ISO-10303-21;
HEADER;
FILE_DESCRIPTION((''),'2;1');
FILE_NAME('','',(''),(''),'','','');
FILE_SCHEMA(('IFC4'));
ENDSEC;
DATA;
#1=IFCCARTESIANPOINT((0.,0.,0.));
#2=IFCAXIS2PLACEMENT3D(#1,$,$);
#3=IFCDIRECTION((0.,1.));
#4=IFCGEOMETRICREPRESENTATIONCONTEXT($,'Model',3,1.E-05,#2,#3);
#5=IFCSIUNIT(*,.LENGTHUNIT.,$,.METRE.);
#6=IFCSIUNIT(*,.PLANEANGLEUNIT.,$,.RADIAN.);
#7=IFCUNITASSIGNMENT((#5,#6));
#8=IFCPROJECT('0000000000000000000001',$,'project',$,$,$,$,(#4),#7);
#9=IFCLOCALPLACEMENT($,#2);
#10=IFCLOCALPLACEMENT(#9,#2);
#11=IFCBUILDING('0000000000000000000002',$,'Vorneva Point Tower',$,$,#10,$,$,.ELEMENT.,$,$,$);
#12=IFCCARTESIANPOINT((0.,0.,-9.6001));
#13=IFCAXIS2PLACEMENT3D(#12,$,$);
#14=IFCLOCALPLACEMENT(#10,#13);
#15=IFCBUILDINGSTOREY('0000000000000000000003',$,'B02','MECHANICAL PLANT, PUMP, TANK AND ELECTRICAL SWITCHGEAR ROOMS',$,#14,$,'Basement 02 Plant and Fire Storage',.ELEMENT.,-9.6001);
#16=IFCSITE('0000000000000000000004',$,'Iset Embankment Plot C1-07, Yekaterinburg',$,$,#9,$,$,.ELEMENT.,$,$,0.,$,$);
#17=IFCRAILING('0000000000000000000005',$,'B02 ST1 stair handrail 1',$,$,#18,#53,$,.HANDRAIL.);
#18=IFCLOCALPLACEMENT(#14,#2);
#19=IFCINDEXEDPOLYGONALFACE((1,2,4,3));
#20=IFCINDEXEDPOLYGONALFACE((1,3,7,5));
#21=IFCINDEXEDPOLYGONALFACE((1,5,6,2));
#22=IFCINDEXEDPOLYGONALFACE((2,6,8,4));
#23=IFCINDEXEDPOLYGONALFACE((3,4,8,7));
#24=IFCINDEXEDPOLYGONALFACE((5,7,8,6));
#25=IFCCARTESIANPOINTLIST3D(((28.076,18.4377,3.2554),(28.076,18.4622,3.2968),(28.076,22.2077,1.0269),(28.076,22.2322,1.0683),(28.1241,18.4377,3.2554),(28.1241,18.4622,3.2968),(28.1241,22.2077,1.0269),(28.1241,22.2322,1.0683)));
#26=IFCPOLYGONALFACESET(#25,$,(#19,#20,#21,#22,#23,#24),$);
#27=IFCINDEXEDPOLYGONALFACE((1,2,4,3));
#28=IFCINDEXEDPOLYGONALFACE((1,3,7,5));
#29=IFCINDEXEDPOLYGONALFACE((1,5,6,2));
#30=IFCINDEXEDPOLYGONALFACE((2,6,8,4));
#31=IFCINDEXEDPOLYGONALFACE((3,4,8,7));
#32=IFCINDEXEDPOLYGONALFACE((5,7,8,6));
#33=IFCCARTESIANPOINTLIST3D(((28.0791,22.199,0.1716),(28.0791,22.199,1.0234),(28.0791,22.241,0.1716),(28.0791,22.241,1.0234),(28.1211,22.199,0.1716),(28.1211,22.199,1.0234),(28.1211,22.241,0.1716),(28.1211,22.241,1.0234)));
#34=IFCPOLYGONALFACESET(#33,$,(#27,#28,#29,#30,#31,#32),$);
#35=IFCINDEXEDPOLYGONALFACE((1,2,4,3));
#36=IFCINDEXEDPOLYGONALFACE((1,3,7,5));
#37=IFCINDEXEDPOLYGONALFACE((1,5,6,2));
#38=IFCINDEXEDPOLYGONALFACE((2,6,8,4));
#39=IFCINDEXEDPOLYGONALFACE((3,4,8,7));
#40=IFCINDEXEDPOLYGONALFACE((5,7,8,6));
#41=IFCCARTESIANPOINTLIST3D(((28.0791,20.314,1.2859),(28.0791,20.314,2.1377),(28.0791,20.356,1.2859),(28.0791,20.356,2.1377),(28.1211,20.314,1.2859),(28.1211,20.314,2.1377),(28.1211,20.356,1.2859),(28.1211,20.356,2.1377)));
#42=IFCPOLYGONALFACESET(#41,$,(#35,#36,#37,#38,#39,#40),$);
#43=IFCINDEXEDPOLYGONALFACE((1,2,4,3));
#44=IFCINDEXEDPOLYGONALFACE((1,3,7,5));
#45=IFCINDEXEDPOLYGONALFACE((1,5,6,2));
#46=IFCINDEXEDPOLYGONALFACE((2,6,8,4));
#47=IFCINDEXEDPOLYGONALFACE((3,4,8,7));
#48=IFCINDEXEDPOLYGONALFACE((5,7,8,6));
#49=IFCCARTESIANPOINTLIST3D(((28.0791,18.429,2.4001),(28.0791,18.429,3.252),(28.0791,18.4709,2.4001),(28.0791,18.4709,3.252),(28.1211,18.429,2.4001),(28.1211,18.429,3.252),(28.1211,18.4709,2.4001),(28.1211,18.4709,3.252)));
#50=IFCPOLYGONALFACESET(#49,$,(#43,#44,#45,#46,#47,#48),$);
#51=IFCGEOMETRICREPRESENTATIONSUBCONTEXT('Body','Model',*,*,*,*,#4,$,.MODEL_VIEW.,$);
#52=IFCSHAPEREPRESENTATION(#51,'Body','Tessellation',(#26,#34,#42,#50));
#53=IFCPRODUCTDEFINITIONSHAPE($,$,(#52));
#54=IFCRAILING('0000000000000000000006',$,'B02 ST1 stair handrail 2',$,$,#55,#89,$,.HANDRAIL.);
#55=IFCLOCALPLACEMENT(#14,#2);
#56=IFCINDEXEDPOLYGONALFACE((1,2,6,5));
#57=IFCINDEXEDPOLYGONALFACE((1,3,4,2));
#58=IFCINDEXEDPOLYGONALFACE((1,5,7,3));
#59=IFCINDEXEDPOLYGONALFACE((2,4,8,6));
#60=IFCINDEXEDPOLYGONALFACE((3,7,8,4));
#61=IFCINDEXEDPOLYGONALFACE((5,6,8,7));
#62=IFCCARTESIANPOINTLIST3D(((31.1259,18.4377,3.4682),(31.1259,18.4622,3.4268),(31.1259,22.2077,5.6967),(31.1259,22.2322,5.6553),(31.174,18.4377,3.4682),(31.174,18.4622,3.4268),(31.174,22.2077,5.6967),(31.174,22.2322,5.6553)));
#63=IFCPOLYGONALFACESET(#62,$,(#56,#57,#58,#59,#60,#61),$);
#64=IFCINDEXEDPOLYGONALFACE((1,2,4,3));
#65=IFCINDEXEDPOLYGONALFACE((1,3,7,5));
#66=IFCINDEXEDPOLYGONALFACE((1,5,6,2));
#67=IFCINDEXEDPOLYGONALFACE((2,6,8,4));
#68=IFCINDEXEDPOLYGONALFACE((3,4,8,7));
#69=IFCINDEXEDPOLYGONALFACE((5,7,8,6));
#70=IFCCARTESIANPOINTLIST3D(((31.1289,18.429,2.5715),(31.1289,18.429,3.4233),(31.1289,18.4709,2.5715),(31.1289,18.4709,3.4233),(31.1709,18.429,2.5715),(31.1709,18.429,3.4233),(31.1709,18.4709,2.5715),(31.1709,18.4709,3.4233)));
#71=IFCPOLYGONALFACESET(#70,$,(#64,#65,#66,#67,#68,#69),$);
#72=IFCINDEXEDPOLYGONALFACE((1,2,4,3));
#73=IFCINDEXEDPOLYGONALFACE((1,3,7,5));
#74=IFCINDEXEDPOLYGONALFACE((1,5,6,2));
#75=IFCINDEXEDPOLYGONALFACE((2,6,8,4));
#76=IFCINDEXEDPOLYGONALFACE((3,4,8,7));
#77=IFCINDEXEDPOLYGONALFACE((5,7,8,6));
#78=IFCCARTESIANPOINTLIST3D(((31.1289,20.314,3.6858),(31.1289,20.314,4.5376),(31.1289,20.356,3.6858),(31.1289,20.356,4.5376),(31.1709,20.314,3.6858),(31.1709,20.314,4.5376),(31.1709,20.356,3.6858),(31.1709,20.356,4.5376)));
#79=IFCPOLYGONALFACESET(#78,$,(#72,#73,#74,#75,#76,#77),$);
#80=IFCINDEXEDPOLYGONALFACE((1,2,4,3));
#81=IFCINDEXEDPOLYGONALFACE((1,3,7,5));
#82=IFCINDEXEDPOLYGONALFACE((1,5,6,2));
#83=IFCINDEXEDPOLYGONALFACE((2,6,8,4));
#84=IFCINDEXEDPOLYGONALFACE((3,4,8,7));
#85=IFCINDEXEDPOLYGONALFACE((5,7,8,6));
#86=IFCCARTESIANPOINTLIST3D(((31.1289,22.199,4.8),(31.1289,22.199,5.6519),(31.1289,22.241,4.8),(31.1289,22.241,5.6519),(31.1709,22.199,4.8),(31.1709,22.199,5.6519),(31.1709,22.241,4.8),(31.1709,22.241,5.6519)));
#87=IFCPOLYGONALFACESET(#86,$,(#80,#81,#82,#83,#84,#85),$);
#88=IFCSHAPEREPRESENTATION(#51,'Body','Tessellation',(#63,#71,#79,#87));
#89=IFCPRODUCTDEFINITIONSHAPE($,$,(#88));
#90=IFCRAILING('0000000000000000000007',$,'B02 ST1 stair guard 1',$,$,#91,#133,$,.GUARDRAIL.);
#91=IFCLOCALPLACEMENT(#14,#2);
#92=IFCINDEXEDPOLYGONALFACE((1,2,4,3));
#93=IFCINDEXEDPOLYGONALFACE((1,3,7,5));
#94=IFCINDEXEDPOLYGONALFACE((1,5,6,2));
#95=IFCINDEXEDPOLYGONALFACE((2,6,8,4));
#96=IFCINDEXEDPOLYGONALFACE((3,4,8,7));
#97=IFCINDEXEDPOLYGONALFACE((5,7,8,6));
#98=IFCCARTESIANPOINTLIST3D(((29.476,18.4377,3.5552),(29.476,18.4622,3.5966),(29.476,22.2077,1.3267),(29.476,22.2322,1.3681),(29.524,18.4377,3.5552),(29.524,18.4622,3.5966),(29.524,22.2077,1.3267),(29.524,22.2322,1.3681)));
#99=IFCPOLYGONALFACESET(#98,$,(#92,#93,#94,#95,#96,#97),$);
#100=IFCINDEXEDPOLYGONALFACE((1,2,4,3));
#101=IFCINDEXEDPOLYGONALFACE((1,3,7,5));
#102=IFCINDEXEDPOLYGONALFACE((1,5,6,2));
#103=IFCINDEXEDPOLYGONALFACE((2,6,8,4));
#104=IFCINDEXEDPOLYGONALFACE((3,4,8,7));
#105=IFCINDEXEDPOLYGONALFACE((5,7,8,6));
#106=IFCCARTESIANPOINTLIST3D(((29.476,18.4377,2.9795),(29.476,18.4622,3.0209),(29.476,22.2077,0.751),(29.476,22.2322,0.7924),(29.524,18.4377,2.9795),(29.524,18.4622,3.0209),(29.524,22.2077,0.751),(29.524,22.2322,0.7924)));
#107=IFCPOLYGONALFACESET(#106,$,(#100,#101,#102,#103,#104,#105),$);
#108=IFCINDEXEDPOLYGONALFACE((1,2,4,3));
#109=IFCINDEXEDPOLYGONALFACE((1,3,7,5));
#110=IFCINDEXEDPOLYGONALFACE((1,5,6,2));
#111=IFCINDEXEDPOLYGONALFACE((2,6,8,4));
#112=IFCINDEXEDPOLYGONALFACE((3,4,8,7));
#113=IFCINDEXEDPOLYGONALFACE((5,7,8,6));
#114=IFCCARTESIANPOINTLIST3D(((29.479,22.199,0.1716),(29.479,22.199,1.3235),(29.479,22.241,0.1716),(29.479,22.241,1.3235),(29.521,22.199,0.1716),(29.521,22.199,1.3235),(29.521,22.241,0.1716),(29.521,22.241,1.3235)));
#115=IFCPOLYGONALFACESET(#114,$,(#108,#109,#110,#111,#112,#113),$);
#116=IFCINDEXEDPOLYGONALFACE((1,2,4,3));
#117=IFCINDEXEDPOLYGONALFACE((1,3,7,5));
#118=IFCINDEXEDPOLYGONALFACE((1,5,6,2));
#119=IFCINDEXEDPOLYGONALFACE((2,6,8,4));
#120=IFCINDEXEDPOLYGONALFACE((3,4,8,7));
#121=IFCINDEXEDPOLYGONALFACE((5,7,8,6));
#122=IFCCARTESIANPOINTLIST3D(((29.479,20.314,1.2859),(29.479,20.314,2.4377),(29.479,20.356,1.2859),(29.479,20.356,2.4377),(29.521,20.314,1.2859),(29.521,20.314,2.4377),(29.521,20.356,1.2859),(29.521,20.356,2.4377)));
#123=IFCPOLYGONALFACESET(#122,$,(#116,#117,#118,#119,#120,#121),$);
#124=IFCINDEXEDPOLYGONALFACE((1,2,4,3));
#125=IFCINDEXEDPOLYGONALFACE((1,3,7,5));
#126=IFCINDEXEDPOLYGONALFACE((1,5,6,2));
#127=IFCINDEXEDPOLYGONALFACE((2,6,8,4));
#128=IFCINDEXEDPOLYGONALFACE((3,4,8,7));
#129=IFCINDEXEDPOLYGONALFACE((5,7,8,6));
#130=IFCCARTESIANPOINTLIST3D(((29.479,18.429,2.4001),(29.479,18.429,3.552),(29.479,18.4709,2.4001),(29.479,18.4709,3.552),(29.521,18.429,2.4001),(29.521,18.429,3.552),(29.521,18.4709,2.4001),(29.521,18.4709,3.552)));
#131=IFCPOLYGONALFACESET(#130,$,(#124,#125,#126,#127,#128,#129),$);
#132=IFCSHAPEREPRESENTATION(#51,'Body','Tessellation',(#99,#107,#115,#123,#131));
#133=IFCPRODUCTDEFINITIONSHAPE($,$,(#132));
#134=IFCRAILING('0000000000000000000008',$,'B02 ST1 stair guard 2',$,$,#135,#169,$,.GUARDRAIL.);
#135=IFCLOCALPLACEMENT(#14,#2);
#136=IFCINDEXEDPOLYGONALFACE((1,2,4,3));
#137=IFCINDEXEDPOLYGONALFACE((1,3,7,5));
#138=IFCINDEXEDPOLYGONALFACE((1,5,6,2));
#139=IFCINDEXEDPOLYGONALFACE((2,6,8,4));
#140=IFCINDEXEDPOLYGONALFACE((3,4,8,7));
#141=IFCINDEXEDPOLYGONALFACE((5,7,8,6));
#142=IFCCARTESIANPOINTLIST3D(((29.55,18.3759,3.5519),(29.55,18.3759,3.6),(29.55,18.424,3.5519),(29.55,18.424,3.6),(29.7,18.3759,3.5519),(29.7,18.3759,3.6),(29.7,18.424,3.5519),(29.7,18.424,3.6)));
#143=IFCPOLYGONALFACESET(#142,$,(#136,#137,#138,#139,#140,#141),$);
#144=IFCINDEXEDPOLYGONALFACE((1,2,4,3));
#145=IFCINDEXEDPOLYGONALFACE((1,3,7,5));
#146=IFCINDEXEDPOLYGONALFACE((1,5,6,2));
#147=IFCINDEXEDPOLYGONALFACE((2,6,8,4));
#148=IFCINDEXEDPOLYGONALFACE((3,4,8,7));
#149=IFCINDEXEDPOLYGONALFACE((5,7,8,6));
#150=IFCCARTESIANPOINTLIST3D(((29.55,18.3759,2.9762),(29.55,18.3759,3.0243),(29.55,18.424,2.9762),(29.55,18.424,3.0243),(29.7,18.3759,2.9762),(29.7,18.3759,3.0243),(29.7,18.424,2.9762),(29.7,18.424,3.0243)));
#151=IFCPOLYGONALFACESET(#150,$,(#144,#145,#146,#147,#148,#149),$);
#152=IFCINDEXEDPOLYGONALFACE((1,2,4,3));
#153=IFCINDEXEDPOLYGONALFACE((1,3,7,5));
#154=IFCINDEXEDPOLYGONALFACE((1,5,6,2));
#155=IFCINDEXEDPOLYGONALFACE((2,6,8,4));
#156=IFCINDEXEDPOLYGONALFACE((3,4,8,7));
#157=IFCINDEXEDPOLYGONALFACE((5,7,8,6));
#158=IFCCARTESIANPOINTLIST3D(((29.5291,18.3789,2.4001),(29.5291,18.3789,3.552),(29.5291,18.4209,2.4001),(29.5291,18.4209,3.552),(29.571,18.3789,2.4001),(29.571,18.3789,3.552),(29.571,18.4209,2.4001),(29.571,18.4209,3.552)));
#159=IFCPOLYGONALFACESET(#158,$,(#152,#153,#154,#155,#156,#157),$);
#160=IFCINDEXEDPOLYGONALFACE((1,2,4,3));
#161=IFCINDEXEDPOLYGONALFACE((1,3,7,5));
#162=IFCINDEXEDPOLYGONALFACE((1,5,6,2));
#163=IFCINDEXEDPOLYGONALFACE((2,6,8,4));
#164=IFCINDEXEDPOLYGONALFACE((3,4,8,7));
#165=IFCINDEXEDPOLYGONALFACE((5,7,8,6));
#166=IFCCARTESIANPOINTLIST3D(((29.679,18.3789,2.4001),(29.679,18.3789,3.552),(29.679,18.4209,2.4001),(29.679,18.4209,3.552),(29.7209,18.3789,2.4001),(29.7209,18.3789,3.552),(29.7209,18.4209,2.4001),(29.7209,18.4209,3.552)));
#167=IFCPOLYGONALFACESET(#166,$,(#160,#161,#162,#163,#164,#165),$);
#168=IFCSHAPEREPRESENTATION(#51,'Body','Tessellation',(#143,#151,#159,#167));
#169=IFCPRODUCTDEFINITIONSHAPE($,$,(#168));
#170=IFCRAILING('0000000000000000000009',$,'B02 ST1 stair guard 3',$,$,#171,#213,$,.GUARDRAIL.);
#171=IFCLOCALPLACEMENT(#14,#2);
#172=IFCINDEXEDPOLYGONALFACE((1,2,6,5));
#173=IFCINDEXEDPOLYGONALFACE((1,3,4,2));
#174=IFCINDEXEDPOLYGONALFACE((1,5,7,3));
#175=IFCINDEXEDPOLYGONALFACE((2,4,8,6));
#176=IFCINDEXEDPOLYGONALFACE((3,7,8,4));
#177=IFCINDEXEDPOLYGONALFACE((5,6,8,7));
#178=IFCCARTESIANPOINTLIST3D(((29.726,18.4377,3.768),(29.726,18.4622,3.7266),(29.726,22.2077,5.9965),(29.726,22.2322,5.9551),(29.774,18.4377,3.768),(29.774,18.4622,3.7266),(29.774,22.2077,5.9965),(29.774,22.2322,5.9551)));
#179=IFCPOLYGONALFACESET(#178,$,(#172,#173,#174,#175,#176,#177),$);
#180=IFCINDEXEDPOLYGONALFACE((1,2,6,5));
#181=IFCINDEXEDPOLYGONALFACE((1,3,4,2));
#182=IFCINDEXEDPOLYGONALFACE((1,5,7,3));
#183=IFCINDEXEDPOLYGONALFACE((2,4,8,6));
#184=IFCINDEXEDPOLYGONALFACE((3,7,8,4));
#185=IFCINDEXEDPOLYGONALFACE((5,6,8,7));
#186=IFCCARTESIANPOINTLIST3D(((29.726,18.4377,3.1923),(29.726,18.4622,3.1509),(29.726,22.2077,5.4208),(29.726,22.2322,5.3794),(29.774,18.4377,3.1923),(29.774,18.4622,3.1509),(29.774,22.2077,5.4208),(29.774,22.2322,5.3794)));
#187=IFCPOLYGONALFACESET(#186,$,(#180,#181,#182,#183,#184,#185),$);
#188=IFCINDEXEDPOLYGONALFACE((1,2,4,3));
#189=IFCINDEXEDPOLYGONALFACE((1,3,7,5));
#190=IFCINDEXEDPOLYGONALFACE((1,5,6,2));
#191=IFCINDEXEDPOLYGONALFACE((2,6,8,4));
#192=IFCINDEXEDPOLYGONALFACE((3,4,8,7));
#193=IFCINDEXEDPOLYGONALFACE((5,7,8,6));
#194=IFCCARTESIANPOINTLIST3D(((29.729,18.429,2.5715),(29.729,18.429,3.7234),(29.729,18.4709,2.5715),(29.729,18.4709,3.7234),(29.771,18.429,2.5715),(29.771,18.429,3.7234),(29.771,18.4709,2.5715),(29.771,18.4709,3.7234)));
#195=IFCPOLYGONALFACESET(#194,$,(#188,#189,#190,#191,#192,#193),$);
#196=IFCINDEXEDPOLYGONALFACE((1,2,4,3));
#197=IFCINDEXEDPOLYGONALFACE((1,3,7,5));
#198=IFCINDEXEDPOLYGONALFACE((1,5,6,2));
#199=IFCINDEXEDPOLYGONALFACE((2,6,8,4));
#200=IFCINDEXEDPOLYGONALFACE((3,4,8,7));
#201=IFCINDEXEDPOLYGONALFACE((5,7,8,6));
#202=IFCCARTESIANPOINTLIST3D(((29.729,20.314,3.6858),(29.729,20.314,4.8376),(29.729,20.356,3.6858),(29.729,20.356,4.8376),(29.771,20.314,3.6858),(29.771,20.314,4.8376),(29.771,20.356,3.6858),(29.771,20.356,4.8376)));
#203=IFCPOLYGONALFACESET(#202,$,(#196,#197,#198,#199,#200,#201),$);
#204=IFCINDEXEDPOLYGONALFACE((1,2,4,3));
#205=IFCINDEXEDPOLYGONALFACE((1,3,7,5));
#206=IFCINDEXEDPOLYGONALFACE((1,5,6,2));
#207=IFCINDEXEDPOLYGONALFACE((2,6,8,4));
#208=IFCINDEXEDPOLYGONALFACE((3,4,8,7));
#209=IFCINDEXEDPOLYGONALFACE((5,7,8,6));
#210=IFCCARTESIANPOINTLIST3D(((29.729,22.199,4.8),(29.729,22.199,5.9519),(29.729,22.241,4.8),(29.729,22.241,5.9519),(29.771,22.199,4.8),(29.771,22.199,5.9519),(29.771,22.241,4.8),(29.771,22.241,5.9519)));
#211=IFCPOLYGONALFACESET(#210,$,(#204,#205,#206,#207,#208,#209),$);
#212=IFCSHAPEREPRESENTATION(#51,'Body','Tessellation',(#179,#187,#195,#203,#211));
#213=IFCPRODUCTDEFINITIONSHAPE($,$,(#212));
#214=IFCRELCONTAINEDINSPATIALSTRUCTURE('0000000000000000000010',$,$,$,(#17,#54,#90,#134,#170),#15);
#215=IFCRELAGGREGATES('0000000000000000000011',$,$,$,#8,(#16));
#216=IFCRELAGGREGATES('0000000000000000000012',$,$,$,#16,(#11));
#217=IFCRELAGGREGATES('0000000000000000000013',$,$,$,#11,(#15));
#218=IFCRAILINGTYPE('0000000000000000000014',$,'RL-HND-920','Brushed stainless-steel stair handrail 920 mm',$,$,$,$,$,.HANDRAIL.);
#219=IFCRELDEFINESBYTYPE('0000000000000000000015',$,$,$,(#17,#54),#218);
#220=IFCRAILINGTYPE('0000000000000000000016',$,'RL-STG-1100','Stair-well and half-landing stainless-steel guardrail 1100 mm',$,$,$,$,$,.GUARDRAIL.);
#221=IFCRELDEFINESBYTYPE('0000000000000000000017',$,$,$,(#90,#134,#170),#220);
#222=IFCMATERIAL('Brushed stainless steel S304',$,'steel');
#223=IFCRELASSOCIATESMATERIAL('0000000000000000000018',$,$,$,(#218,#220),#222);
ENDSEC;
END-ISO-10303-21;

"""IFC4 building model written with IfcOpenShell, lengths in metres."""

from ifc_helpers import new_model, si_unit, direction, frame, origin, origin_2d, place, context, subcontext, project, spatial, rectangle, extrude, material, type_object, element, save


model = new_model("IFC4")

# Units and contexts
model_context = context("Model", 3, precision=1e-05, world=origin(), true_north=direction((0.0, 1.0)))
body_context = subcontext(model_context, "Body", "Model", "MODEL_VIEW")
ifc_project = project(units=[si_unit("LENGTHUNIT", "METRE"), si_unit("PLANEANGLEUNIT", "RADIAN")], contexts=[model_context])

# Site, building, storey
site_placement = place(None, origin())
site = spatial("IfcSite", under=ifc_project, at=site_placement, Name="Iset Embankment Plot C1-07, Yekaterinburg", CompositionType="ELEMENT", RefElevation=0.0)
building_placement = place(site_placement, origin())
building = spatial("IfcBuilding", under=site, at=building_placement, Name="Vorneva Point Tower", CompositionType="ELEMENT")
storey_placement = place(building_placement, frame((0.0, 0.0, -9.6001)))
storey = spatial("IfcBuildingStorey", under=building, at=storey_placement, Name="B02", Description="MECHANICAL PLANT, PUMP, TANK AND ELECTRICAL SWITCHGEAR ROOMS", LongName="Basement 02 Plant and Fire Storage", CompositionType="ELEMENT", Elevation=-9.6001)

# Railings
ifc_material_1 = material(Name="Brushed stainless steel S304", Category="steel")
railing_type_1 = type_object("IfcRailingType", Name="RL-HND-920", Description="Brushed stainless-steel stair handrail 920 mm", PredefinedType="HANDRAIL", material=ifc_material_1)
railing_1_placement = place(storey_placement, frame((28.1001, 22.22, 0.1716)))
element("IfcRailing", 1, at=railing_1_placement, inside=storey, type_object=railing_type_1, Name="B02 ST1 stair handrail 1", PredefinedType="HANDRAIL", context=body_context, shape_type="SweptSolid", body=[
    extrude(rectangle(XDim=0.0481, YDim=0.0481, at=origin_2d()), frame((0.0, 0.0, 0.876), z_axis=(0.0, -0.860849, 0.508861), x_axis=(1.0, 0.0, 0.0)), (0.0, 0.0, 1.0), 4.3794),
    extrude(rectangle(XDim=0.042, YDim=0.042, at=origin_2d()), origin(), (0.0, 0.0, 1.0), 0.8518),
    extrude(rectangle(XDim=0.042, YDim=0.042, at=origin_2d()), frame((0.0, -1.885, 1.1143)), (0.0, 0.0, 1.0), 0.8518),
    extrude(rectangle(XDim=0.042, YDim=0.042, at=origin_2d()), frame((0.0, -3.77, 2.2285)), (0.0, 0.0, 1.0), 0.8518),
])
railing_2_placement = place(storey_placement, frame((31.1499, 18.45, 2.5715)))
element("IfcRailing", 2, at=railing_2_placement, inside=storey, type_object=railing_type_1, Name="B02 ST1 stair handrail 2", PredefinedType="HANDRAIL", context=body_context, shape_type="SweptSolid", body=[
    extrude(rectangle(XDim=0.0481, YDim=0.0481, at=origin_2d()), frame((0.0, 0.0, 0.876), z_axis=(0.0, 0.860849, 0.508861), x_axis=(-1.0, 0.0, 0.0)), (0.0, 0.0, 1.0), 4.3794),
    extrude(rectangle(XDim=0.042, YDim=0.042, at=origin_2d()), origin(), (0.0, 0.0, 1.0), 0.8518),
    extrude(rectangle(XDim=0.042, YDim=0.042, at=origin_2d()), frame((0.0, 1.885, 1.1143)), (0.0, 0.0, 1.0), 0.8518),
    extrude(rectangle(XDim=0.042, YDim=0.042, at=origin_2d()), frame((0.0, 3.77, 2.2285)), (0.0, 0.0, 1.0), 0.8518),
])
railing_type_2 = type_object("IfcRailingType", Name="RL-STG-1100", Description="Stair-well and half-landing stainless-steel guardrail 1100 mm", PredefinedType="GUARDRAIL", material=ifc_material_1)
railing_3_placement = place(storey_placement, frame((29.5, 22.22, 0.1716)))
element("IfcRailing", 3, at=railing_3_placement, inside=storey, type_object=railing_type_2, Name="B02 ST1 stair guard 1", PredefinedType="GUARDRAIL", context=body_context, shape_type="SweptSolid", body=[
    extrude(rectangle(XDim=0.0481, YDim=0.0481, at=origin_2d()), frame((0.0, 0.0, 1.1758), z_axis=(0.0, -0.860849, 0.508861), x_axis=(1.0, 0.0, 0.0)), (0.0, 0.0, 1.0), 4.3794),
    extrude(rectangle(XDim=0.0481, YDim=0.0481, at=origin_2d()), frame((0.0, 0.0, 0.6001), z_axis=(0.0, -0.860849, 0.508861), x_axis=(1.0, 0.0, 0.0)), (0.0, 0.0, 1.0), 4.3794),
    extrude(rectangle(XDim=0.042, YDim=0.042, at=origin_2d()), origin(), (0.0, 0.0, 1.0), 1.1519),
    extrude(rectangle(XDim=0.042, YDim=0.042, at=origin_2d()), frame((0.0, -1.885, 1.1143)), (0.0, 0.0, 1.0), 1.1519),
    extrude(rectangle(XDim=0.042, YDim=0.042, at=origin_2d()), frame((0.0, -3.77, 2.2285)), (0.0, 0.0, 1.0), 1.1519),
])
railing_4_placement = place(storey_placement, frame((29.55, 18.3999, 2.4001)))
element("IfcRailing", 4, at=railing_4_placement, inside=storey, type_object=railing_type_2, Name="B02 ST1 stair guard 2", PredefinedType="GUARDRAIL", context=body_context, shape_type="SweptSolid", body=[
    extrude(rectangle(XDim=0.0481, YDim=0.0481, at=origin_2d()), frame((0.0, 0.0, 1.1758), z_axis=(1.0, 0.0, 0.0), x_axis=(0.0, 1.0, 0.0)), (0.0, 0.0, 1.0), 0.1499),
    extrude(rectangle(XDim=0.0481, YDim=0.0481, at=origin_2d()), frame((0.0, 0.0, 0.6001), z_axis=(1.0, 0.0, 0.0), x_axis=(0.0, 1.0, 0.0)), (0.0, 0.0, 1.0), 0.1499),
    extrude(rectangle(XDim=0.042, YDim=0.042, at=origin_2d()), origin(), (0.0, 0.0, 1.0), 1.1519),
    extrude(rectangle(XDim=0.042, YDim=0.042, at=origin_2d()), frame((0.1499, 0.0, 0.0)), (0.0, 0.0, 1.0), 1.1519),
])
railing_5_placement = place(storey_placement, frame((29.75, 18.45, 2.5715)))
element("IfcRailing", 5, at=railing_5_placement, inside=storey, type_object=railing_type_2, Name="B02 ST1 stair guard 3", PredefinedType="GUARDRAIL", context=body_context, shape_type="SweptSolid", body=[
    extrude(rectangle(XDim=0.0481, YDim=0.0481, at=origin_2d()), frame((0.0, 0.0, 1.1758), z_axis=(0.0, 0.860849, 0.508861), x_axis=(-1.0, 0.0, 0.0)), (0.0, 0.0, 1.0), 4.3794),
    extrude(rectangle(XDim=0.0481, YDim=0.0481, at=origin_2d()), frame((0.0, 0.0, 0.6001), z_axis=(0.0, 0.860849, 0.508861), x_axis=(-1.0, 0.0, 0.0)), (0.0, 0.0, 1.0), 4.3794),
    extrude(rectangle(XDim=0.042, YDim=0.042, at=origin_2d()), origin(), (0.0, 0.0, 1.0), 1.1519),
    extrude(rectangle(XDim=0.042, YDim=0.042, at=origin_2d()), frame((0.0, 1.885, 1.1143)), (0.0, 0.0, 1.0), 1.1519),
    extrude(rectangle(XDim=0.042, YDim=0.042, at=origin_2d()), frame((0.0, 3.77, 2.2285)), (0.0, 0.0, 1.0), 1.1519),
])

save(model, "model.ifc")
